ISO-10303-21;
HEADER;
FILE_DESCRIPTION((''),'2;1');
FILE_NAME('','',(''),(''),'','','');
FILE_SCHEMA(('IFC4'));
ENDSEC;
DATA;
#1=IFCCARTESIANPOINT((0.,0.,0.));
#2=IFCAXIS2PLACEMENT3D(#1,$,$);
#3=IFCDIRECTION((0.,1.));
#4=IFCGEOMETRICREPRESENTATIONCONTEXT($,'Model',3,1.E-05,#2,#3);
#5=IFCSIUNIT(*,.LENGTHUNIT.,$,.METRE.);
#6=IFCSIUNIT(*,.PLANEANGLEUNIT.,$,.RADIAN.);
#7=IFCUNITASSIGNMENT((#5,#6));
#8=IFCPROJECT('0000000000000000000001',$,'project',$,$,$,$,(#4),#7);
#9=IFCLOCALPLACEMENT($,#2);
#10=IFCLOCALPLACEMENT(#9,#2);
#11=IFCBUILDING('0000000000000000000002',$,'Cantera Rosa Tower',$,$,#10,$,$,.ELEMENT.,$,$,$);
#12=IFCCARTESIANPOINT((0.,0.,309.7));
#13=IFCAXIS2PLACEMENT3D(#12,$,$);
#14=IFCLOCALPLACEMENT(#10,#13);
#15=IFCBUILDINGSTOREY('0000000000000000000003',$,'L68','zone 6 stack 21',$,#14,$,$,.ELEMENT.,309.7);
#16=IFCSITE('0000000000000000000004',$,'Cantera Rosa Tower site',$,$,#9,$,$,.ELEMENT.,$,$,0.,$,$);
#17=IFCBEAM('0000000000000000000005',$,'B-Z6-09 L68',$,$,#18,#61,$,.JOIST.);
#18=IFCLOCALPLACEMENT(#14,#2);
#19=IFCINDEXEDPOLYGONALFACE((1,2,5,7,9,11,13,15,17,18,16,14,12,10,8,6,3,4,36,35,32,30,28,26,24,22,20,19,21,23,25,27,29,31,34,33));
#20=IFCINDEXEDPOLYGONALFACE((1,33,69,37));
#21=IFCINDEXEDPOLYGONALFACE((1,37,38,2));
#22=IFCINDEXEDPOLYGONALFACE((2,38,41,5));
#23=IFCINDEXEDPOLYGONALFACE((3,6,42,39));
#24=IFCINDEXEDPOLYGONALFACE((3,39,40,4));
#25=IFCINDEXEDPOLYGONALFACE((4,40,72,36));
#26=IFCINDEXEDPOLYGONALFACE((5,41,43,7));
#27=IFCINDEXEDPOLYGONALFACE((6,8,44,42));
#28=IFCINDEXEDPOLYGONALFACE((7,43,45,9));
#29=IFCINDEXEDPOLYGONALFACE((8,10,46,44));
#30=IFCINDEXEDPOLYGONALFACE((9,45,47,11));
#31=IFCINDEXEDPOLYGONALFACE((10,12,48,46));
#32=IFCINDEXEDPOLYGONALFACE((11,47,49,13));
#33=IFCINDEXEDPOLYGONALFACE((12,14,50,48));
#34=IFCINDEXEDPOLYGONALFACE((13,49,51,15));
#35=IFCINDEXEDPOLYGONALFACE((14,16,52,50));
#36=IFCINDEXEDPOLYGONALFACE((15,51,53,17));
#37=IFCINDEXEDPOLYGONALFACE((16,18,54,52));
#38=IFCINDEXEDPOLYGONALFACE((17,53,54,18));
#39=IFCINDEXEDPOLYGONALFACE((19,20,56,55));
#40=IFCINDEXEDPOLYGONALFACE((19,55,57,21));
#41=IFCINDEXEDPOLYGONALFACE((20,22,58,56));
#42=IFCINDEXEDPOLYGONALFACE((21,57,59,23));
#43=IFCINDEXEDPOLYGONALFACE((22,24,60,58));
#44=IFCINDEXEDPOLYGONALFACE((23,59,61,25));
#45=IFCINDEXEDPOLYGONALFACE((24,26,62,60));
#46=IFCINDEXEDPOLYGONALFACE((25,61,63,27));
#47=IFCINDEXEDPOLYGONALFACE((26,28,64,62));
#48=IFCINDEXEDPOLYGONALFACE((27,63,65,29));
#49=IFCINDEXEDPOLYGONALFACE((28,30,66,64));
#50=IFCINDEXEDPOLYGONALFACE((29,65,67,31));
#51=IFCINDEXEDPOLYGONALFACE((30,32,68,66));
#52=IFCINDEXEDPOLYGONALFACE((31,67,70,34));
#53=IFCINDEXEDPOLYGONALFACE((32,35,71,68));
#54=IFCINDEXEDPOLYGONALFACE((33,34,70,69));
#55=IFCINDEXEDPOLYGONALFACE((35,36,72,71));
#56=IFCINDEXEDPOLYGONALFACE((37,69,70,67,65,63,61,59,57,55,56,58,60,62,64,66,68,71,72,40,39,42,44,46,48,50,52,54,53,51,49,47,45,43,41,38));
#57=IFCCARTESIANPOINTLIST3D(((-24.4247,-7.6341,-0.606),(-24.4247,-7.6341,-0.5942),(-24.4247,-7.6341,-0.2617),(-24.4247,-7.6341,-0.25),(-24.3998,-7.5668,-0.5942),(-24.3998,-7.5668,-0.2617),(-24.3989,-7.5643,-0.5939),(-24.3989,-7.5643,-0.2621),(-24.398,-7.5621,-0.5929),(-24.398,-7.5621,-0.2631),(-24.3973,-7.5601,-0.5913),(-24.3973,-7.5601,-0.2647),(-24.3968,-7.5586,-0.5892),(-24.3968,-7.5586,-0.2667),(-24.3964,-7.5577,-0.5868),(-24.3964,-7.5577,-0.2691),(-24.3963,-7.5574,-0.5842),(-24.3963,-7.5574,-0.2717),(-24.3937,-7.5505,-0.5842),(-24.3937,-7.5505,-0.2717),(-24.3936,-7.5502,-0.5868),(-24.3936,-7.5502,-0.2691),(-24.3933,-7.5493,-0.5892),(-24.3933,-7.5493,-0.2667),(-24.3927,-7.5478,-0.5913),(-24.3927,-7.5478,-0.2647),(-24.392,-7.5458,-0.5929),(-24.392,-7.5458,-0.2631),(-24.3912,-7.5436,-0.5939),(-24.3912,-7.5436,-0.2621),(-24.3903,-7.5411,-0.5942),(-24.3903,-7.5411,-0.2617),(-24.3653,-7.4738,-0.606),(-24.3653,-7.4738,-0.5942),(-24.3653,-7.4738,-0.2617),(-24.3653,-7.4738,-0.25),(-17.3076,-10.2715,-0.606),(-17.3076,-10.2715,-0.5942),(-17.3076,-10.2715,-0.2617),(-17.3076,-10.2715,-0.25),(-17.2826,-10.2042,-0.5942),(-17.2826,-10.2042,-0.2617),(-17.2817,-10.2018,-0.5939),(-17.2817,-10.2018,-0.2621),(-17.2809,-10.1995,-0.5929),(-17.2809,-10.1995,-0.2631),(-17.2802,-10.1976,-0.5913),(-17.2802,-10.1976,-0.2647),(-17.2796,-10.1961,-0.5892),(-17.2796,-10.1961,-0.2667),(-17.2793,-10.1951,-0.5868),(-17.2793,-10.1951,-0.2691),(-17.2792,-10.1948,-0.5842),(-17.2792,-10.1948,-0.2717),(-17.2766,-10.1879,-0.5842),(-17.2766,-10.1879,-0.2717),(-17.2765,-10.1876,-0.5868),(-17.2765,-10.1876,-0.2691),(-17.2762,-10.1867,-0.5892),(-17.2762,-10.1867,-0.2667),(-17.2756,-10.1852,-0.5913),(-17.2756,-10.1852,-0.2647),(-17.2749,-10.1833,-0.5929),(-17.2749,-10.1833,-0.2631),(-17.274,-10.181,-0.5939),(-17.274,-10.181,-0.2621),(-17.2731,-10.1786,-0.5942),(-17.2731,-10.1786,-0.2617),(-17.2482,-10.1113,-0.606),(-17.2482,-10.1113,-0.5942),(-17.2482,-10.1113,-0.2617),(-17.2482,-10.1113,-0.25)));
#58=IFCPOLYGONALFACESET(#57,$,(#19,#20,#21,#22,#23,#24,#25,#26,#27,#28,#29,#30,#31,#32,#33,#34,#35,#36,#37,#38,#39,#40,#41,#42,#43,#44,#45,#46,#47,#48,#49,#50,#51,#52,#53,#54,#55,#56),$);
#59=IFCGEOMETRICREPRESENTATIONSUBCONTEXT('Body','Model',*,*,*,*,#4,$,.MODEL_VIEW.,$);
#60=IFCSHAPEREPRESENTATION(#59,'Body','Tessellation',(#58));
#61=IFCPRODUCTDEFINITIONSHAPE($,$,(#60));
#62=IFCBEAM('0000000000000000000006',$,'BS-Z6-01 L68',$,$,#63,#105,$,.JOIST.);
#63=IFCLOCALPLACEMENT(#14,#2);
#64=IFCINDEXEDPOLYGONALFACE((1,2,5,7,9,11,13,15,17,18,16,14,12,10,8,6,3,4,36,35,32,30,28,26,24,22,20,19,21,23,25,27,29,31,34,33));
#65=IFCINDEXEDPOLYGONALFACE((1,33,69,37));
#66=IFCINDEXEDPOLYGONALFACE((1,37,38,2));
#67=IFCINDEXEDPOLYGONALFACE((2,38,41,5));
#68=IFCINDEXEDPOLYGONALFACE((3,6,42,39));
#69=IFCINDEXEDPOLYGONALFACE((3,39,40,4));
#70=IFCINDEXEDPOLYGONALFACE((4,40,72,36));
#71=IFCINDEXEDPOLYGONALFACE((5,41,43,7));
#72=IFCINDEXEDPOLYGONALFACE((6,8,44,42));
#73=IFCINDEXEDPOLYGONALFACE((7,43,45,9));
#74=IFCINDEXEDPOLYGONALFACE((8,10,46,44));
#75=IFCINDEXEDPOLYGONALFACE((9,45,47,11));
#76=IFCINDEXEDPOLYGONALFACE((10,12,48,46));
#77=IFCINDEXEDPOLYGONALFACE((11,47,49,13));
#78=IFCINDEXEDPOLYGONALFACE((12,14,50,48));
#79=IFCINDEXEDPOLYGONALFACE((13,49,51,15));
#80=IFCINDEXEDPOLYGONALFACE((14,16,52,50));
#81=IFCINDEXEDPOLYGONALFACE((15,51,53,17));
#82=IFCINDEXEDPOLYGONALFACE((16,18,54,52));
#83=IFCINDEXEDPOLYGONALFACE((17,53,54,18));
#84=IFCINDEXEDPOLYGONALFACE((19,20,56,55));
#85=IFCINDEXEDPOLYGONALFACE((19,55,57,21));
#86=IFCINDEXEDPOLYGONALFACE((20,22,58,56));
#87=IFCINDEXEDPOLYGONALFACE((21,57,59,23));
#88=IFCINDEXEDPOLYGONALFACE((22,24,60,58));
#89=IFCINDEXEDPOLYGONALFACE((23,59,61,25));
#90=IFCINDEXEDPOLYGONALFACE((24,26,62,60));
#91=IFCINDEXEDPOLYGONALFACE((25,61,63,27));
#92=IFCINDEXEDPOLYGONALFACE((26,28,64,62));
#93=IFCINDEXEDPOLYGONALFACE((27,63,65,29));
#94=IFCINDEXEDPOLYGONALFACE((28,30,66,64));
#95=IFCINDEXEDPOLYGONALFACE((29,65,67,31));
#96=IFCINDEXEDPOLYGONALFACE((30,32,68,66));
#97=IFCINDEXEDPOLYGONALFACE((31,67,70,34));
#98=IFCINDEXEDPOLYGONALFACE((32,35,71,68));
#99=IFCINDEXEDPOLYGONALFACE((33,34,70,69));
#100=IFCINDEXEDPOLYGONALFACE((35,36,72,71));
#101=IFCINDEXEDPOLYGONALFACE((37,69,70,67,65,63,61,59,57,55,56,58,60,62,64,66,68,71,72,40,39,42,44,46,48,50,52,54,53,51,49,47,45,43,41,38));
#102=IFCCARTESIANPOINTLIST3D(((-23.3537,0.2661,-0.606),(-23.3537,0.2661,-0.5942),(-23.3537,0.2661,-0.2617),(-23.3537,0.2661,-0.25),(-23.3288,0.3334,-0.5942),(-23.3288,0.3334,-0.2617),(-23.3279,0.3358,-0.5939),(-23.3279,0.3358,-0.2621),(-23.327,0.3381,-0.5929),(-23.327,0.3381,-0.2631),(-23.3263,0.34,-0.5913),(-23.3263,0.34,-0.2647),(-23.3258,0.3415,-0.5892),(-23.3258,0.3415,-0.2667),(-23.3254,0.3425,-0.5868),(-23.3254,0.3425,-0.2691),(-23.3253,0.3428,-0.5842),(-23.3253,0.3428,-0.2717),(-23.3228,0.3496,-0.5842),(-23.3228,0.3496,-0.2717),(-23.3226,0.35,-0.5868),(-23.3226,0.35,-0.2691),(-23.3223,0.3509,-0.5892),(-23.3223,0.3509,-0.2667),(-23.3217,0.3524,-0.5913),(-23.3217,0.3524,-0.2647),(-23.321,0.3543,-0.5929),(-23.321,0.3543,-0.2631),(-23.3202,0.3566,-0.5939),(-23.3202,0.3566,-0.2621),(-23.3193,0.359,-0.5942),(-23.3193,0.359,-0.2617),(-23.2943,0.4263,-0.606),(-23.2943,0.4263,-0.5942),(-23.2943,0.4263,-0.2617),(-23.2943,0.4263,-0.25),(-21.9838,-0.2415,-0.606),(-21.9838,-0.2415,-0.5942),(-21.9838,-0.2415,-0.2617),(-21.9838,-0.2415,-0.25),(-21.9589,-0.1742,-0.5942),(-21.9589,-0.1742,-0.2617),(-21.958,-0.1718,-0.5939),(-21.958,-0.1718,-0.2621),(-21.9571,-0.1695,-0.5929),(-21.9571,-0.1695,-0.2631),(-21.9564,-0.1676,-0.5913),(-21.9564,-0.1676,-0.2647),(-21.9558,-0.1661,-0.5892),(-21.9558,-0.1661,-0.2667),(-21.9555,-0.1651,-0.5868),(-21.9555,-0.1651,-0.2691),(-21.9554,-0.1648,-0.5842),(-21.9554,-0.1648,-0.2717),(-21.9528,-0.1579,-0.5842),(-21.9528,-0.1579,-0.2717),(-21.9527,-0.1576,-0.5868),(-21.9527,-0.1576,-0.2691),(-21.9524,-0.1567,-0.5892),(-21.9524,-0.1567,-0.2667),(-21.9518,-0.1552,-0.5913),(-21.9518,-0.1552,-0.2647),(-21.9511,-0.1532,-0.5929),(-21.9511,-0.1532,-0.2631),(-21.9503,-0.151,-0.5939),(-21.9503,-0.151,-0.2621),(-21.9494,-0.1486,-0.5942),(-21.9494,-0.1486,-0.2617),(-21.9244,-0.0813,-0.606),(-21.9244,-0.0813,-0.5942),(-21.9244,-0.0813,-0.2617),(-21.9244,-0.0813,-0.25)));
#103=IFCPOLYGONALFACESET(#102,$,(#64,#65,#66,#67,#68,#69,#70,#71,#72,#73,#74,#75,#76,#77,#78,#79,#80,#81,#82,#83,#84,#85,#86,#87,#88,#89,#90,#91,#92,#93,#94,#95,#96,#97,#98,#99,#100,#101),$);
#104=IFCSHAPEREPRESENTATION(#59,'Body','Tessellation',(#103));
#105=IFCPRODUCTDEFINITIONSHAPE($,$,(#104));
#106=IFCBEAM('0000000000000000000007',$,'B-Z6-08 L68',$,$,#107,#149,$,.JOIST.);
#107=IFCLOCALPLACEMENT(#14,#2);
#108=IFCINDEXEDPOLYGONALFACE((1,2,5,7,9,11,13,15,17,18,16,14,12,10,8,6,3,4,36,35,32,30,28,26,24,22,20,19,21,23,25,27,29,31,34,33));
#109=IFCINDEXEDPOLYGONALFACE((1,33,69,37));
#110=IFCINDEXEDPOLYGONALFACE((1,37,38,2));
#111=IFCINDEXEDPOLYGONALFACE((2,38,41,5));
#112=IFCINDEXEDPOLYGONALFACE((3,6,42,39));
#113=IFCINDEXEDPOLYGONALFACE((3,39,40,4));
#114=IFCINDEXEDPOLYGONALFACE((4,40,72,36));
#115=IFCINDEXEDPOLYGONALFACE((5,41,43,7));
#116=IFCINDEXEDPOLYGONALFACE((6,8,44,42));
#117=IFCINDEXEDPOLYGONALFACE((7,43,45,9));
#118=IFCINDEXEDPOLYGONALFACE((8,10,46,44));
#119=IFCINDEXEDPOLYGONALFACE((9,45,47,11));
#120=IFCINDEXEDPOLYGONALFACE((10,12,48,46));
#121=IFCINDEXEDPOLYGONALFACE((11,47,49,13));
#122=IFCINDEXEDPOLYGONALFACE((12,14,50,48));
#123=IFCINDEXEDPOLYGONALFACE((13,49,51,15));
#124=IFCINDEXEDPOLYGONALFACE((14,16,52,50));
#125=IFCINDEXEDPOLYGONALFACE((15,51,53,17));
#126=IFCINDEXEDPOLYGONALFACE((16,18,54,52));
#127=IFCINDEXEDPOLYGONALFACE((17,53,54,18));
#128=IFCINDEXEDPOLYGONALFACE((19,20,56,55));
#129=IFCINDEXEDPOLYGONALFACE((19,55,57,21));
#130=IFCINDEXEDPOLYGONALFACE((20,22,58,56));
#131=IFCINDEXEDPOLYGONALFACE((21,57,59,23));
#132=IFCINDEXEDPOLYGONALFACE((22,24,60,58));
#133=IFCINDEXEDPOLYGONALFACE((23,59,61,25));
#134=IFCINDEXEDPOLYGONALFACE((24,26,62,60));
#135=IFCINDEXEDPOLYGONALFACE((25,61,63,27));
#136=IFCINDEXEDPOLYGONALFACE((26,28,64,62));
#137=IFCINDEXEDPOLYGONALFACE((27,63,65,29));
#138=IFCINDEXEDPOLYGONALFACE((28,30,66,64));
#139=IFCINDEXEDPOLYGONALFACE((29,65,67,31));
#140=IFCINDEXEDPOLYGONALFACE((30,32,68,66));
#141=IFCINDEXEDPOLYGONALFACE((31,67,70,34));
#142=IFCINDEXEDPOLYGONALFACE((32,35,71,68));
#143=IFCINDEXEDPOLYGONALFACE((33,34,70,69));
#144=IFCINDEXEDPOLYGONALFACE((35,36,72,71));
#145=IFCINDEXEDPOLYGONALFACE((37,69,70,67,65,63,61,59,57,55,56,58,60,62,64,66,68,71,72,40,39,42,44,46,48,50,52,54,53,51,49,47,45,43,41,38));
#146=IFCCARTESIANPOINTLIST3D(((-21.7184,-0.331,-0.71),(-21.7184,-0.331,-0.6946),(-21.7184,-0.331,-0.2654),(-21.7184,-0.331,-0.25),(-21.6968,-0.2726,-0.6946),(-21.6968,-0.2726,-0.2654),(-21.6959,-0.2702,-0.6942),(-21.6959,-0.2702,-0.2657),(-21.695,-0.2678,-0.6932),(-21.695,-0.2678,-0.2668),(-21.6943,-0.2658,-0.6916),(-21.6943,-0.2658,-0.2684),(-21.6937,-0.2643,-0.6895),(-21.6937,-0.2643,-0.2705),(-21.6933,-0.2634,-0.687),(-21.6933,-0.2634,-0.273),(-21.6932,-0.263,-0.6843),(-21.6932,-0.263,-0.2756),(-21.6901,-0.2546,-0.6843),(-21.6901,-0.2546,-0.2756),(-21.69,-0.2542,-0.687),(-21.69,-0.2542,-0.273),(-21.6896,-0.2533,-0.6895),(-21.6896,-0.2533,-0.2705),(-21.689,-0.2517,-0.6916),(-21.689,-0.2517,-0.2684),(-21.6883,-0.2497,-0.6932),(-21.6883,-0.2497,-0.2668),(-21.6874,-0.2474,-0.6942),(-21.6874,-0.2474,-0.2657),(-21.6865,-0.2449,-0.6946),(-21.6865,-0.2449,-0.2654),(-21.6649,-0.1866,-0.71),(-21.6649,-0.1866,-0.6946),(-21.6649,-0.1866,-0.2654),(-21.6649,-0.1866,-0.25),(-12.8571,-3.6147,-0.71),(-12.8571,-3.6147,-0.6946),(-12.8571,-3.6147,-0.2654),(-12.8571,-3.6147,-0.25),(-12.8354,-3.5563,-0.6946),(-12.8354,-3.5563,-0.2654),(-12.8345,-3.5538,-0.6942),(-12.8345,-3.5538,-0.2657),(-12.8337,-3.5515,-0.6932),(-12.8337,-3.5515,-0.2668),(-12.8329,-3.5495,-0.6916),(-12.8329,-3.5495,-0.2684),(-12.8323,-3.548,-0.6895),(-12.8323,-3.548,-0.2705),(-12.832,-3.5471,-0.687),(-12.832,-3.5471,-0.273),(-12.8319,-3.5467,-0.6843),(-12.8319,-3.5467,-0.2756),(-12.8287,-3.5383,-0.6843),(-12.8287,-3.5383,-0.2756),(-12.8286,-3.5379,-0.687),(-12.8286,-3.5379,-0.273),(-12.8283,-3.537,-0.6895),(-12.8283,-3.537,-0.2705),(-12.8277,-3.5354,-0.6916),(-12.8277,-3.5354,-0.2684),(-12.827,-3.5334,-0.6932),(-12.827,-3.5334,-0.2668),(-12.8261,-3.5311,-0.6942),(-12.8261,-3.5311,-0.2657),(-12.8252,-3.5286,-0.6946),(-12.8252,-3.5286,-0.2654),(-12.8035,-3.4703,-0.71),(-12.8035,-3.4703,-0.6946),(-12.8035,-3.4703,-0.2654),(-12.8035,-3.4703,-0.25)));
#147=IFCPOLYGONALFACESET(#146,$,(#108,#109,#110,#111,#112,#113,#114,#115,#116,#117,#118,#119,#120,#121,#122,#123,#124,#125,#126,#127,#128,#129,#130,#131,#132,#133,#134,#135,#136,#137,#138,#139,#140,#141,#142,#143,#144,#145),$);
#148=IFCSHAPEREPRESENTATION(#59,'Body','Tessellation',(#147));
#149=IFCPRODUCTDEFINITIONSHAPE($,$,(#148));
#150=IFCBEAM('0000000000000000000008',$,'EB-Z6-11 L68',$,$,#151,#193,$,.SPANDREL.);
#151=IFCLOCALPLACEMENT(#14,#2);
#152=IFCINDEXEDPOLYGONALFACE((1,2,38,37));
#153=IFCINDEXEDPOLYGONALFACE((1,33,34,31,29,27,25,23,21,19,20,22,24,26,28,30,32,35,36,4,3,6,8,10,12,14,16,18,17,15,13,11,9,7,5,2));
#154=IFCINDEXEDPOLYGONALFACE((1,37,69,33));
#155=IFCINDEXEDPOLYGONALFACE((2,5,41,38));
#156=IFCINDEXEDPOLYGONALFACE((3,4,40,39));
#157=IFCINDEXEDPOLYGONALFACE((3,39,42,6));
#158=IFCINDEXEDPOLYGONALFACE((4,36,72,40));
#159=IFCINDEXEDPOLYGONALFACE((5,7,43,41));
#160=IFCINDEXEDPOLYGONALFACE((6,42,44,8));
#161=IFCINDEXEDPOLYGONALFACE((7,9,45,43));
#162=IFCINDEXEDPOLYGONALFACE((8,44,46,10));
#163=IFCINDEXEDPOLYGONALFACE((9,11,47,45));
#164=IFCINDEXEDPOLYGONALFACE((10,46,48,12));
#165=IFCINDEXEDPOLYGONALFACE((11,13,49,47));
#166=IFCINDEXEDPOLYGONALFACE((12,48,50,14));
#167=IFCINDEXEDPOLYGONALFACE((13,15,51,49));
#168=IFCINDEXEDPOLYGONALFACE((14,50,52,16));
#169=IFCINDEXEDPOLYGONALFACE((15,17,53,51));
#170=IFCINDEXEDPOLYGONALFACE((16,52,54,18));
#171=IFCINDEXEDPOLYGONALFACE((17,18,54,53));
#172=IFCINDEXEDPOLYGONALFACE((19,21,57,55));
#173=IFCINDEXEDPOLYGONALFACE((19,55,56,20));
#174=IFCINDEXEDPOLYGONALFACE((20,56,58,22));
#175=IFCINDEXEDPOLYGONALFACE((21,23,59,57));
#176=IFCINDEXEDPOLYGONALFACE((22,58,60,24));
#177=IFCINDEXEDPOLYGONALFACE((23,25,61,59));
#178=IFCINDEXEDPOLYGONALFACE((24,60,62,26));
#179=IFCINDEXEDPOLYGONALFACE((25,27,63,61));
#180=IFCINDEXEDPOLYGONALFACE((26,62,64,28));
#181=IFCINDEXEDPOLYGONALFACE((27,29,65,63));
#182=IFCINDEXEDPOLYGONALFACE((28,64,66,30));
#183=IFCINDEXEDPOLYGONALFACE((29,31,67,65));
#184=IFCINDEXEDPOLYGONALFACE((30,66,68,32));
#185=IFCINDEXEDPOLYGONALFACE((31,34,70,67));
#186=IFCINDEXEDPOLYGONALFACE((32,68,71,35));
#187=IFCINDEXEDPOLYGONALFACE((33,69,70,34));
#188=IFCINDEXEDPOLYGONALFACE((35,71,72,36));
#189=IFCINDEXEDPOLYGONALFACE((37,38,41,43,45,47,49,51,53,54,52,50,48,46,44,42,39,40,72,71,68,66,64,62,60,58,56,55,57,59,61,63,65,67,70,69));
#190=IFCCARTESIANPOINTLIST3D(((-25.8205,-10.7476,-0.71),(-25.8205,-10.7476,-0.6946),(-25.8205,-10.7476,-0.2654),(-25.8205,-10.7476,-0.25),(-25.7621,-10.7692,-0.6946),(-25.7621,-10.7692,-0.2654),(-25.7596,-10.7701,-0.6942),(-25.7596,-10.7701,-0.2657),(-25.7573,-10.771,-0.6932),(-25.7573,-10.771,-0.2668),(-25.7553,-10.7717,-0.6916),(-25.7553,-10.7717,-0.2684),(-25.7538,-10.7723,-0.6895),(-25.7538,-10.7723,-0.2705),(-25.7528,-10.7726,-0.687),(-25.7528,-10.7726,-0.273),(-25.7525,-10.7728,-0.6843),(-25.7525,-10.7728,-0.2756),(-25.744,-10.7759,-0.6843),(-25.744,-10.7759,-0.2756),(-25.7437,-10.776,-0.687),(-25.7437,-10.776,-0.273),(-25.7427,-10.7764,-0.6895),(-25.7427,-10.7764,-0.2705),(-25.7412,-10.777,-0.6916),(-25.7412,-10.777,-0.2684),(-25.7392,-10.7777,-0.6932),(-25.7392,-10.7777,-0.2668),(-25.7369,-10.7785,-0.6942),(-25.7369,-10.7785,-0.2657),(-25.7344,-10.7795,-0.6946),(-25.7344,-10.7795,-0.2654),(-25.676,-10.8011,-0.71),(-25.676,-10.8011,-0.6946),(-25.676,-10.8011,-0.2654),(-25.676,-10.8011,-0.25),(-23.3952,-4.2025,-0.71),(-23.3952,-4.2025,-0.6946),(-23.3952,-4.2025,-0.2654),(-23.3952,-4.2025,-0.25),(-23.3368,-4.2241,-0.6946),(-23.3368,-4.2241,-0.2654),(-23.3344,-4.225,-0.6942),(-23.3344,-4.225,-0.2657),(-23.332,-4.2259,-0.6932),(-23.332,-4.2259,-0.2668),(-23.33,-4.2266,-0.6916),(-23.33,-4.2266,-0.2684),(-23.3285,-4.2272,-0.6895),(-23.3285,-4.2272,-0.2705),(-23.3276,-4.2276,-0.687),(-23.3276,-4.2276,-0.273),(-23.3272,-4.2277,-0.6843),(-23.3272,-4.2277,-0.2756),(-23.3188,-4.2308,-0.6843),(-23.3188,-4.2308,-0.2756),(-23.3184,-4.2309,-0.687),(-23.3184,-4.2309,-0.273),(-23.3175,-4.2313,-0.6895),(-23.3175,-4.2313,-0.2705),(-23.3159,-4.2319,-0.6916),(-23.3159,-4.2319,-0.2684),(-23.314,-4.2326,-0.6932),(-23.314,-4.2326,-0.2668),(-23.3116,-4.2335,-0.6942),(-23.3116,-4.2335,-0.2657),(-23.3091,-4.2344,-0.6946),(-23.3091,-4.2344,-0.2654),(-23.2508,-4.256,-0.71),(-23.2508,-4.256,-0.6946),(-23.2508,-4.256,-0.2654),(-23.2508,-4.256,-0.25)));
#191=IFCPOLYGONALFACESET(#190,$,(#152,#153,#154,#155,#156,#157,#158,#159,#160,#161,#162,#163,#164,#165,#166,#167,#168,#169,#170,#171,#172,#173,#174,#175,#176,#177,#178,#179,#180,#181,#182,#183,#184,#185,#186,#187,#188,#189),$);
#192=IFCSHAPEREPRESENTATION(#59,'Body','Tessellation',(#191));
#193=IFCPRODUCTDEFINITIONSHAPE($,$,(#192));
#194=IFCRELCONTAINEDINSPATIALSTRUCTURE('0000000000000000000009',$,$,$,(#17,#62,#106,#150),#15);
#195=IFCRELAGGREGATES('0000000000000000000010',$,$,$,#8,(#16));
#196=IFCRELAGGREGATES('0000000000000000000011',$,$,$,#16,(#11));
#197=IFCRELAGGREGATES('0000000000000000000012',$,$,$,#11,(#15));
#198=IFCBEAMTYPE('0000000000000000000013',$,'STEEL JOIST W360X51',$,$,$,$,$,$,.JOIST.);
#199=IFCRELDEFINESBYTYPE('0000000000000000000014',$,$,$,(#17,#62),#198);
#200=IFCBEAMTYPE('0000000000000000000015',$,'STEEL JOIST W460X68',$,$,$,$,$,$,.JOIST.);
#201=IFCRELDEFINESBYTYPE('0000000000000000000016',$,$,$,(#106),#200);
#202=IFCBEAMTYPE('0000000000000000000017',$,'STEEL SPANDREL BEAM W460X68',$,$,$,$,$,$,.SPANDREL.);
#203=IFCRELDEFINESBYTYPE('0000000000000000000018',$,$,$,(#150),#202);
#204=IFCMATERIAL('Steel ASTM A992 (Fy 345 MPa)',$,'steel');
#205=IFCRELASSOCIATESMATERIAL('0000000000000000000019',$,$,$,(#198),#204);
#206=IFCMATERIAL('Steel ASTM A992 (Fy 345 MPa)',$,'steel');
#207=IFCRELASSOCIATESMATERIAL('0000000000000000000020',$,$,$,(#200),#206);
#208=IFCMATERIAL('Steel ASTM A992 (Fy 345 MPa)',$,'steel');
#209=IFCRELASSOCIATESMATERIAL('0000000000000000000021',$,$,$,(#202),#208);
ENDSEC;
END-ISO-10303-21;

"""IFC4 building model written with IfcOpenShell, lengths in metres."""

from ifc_helpers import new_model, si_unit, direction, frame, origin, origin_2d, place, context, subcontext, project, spatial, i_section, extrude, material, material_profile, profile_set, type_object, element, save


model = new_model("IFC4")

# Units and contexts
model_context = context("Model", 3, precision=1e-05, world=origin(), true_north=direction((0.0, 1.0)))
body_context = subcontext(model_context, "Body", "Model", "MODEL_VIEW")
ifc_project = project(units=[si_unit("LENGTHUNIT", "METRE"), si_unit("PLANEANGLEUNIT", "RADIAN")], contexts=[model_context])

# Site, building, storey
site_placement = place(None, origin())
site = spatial("IfcSite", under=ifc_project, at=site_placement, Name="Cantera Rosa Tower site", CompositionType="ELEMENT", RefElevation=0.0)
building_placement = place(site_placement, origin())
building = spatial("IfcBuilding", under=site, at=building_placement, Name="Cantera Rosa Tower", CompositionType="ELEMENT")
storey_placement = place(building_placement, frame((0.0, 0.0, 309.7)))
storey = spatial("IfcBuildingStorey", under=building, at=storey_placement, Name="L68", Description="zone 6 stack 21", CompositionType="ELEMENT", Elevation=309.7)

# Beams
ifc_material_1 = material(Name="Steel ASTM A992 (Fy 345 MPa)", Category="steel")
ifc_material_profile_1 = material_profile(ifc_material_1, i_section(OverallWidth=0.1709, OverallDepth=0.356, WebThickness=0.0073, FlangeThickness=0.0117, FilletRadius=0.01, at=origin_2d()), Name="W360X51")
ifc_profile_set_1 = profile_set([ifc_material_profile_1], Name="Steel ASTM A992 (Fy 345 MPa)")
beam_type_1 = type_object("IfcBeamType", Name="STEEL JOIST W360X51", PredefinedType="JOIST", material=ifc_profile_set_1)
beam_1_placement = place(storey_placement, frame((-24.395, -7.554, -0.428), z_axis=(0.937686, -0.347483, 0.0), x_axis=(0.347483, 0.937686, 0.0)))
element("IfcBeam", 1, at=beam_1_placement, inside=storey, type_object=beam_type_1, Name="B-Z6-09 L68", PredefinedType="JOIST", context=body_context, shape_type="SweptSolid", body=[
    extrude(i_section(OverallWidth=0.1709, OverallDepth=0.356, WebThickness=0.0073, FlangeThickness=0.0117, FilletRadius=0.01, at=origin_2d()), origin(), (0.0, 0.0, 1.0), 7.5901),
])
beam_2_placement = place(storey_placement, frame((-21.9541, -0.1614, -0.428), z_axis=(-0.937702, 0.34744, 0.0), x_axis=(-0.34744, -0.937702, 0.0)))
element("IfcBeam", 2, at=beam_2_placement, inside=storey, type_object=beam_type_1, Name="BS-Z6-01 L68", PredefinedType="JOIST", context=body_context, shape_type="SweptSolid", body=[
    extrude(i_section(OverallWidth=0.1709, OverallDepth=0.356, WebThickness=0.0073, FlangeThickness=0.0117, FilletRadius=0.01, at=origin_2d()), origin(), (0.0, 0.0, 1.0), 1.4609),
])
ifc_material_2 = material(Name="Steel ASTM A992 (Fy 345 MPa)", Category="steel")
ifc_material_profile_2 = material_profile(ifc_material_2, i_section(OverallWidth=0.1541, OverallDepth=0.46, WebThickness=0.009, FlangeThickness=0.0154, FilletRadius=0.0103, at=origin_2d()), Name="W460X68")
ifc_profile_set_2 = profile_set([ifc_material_profile_2], Name="Steel ASTM A992 (Fy 345 MPa)")
beam_type_2 = type_object("IfcBeamType", Name="STEEL JOIST W460X68", PredefinedType="JOIST", material=ifc_profile_set_2)
beam_3_placement = place(storey_placement, frame((-21.6917, -0.2588, -0.48), z_axis=(0.93769, -0.347474, 0.0), x_axis=(0.347474, 0.93769, 0.0)))
element("IfcBeam", 3, at=beam_3_placement, inside=storey, type_object=beam_type_2, Name="B-Z6-08 L68", PredefinedType="JOIST", context=body_context, shape_type="SweptSolid", body=[
    extrude(i_section(OverallWidth=0.1541, OverallDepth=0.46, WebThickness=0.009, FlangeThickness=0.0154, FilletRadius=0.0103, at=origin_2d()), origin(), (0.0, 0.0, 1.0), 9.4502),
])
ifc_material_3 = material(Name="Steel ASTM A992 (Fy 345 MPa)", Category="steel")
ifc_material_profile_3 = material_profile(ifc_material_3, i_section(OverallWidth=0.1541, OverallDepth=0.46, WebThickness=0.009, FlangeThickness=0.0154, FilletRadius=0.0103, at=origin_2d()), Name="W460X68")
ifc_profile_set_3 = profile_set([ifc_material_profile_3], Name="Steel ASTM A992 (Fy 345 MPa)")
beam_type_3 = type_object("IfcBeamType", Name="STEEL SPANDREL BEAM W460X68", PredefinedType="SPANDREL", material=ifc_profile_set_3)
beam_4_placement = place(storey_placement, frame((-23.323, -4.2292, -0.48), z_axis=(-0.34746, -0.937695, 0.0), x_axis=(0.937695, -0.34746, 0.0)))
element("IfcBeam", 4, at=beam_4_placement, inside=storey, type_object=beam_type_3, Name="EB-Z6-11 L68", PredefinedType="SPANDREL", context=body_context, shape_type="SweptSolid", body=[
    extrude(i_section(OverallWidth=0.1541, OverallDepth=0.46, WebThickness=0.009, FlangeThickness=0.0154, FilletRadius=0.0103, at=origin_2d()), origin(), (0.0, 0.0, 1.0), 6.98),
])

save(model, "model.ifc")
